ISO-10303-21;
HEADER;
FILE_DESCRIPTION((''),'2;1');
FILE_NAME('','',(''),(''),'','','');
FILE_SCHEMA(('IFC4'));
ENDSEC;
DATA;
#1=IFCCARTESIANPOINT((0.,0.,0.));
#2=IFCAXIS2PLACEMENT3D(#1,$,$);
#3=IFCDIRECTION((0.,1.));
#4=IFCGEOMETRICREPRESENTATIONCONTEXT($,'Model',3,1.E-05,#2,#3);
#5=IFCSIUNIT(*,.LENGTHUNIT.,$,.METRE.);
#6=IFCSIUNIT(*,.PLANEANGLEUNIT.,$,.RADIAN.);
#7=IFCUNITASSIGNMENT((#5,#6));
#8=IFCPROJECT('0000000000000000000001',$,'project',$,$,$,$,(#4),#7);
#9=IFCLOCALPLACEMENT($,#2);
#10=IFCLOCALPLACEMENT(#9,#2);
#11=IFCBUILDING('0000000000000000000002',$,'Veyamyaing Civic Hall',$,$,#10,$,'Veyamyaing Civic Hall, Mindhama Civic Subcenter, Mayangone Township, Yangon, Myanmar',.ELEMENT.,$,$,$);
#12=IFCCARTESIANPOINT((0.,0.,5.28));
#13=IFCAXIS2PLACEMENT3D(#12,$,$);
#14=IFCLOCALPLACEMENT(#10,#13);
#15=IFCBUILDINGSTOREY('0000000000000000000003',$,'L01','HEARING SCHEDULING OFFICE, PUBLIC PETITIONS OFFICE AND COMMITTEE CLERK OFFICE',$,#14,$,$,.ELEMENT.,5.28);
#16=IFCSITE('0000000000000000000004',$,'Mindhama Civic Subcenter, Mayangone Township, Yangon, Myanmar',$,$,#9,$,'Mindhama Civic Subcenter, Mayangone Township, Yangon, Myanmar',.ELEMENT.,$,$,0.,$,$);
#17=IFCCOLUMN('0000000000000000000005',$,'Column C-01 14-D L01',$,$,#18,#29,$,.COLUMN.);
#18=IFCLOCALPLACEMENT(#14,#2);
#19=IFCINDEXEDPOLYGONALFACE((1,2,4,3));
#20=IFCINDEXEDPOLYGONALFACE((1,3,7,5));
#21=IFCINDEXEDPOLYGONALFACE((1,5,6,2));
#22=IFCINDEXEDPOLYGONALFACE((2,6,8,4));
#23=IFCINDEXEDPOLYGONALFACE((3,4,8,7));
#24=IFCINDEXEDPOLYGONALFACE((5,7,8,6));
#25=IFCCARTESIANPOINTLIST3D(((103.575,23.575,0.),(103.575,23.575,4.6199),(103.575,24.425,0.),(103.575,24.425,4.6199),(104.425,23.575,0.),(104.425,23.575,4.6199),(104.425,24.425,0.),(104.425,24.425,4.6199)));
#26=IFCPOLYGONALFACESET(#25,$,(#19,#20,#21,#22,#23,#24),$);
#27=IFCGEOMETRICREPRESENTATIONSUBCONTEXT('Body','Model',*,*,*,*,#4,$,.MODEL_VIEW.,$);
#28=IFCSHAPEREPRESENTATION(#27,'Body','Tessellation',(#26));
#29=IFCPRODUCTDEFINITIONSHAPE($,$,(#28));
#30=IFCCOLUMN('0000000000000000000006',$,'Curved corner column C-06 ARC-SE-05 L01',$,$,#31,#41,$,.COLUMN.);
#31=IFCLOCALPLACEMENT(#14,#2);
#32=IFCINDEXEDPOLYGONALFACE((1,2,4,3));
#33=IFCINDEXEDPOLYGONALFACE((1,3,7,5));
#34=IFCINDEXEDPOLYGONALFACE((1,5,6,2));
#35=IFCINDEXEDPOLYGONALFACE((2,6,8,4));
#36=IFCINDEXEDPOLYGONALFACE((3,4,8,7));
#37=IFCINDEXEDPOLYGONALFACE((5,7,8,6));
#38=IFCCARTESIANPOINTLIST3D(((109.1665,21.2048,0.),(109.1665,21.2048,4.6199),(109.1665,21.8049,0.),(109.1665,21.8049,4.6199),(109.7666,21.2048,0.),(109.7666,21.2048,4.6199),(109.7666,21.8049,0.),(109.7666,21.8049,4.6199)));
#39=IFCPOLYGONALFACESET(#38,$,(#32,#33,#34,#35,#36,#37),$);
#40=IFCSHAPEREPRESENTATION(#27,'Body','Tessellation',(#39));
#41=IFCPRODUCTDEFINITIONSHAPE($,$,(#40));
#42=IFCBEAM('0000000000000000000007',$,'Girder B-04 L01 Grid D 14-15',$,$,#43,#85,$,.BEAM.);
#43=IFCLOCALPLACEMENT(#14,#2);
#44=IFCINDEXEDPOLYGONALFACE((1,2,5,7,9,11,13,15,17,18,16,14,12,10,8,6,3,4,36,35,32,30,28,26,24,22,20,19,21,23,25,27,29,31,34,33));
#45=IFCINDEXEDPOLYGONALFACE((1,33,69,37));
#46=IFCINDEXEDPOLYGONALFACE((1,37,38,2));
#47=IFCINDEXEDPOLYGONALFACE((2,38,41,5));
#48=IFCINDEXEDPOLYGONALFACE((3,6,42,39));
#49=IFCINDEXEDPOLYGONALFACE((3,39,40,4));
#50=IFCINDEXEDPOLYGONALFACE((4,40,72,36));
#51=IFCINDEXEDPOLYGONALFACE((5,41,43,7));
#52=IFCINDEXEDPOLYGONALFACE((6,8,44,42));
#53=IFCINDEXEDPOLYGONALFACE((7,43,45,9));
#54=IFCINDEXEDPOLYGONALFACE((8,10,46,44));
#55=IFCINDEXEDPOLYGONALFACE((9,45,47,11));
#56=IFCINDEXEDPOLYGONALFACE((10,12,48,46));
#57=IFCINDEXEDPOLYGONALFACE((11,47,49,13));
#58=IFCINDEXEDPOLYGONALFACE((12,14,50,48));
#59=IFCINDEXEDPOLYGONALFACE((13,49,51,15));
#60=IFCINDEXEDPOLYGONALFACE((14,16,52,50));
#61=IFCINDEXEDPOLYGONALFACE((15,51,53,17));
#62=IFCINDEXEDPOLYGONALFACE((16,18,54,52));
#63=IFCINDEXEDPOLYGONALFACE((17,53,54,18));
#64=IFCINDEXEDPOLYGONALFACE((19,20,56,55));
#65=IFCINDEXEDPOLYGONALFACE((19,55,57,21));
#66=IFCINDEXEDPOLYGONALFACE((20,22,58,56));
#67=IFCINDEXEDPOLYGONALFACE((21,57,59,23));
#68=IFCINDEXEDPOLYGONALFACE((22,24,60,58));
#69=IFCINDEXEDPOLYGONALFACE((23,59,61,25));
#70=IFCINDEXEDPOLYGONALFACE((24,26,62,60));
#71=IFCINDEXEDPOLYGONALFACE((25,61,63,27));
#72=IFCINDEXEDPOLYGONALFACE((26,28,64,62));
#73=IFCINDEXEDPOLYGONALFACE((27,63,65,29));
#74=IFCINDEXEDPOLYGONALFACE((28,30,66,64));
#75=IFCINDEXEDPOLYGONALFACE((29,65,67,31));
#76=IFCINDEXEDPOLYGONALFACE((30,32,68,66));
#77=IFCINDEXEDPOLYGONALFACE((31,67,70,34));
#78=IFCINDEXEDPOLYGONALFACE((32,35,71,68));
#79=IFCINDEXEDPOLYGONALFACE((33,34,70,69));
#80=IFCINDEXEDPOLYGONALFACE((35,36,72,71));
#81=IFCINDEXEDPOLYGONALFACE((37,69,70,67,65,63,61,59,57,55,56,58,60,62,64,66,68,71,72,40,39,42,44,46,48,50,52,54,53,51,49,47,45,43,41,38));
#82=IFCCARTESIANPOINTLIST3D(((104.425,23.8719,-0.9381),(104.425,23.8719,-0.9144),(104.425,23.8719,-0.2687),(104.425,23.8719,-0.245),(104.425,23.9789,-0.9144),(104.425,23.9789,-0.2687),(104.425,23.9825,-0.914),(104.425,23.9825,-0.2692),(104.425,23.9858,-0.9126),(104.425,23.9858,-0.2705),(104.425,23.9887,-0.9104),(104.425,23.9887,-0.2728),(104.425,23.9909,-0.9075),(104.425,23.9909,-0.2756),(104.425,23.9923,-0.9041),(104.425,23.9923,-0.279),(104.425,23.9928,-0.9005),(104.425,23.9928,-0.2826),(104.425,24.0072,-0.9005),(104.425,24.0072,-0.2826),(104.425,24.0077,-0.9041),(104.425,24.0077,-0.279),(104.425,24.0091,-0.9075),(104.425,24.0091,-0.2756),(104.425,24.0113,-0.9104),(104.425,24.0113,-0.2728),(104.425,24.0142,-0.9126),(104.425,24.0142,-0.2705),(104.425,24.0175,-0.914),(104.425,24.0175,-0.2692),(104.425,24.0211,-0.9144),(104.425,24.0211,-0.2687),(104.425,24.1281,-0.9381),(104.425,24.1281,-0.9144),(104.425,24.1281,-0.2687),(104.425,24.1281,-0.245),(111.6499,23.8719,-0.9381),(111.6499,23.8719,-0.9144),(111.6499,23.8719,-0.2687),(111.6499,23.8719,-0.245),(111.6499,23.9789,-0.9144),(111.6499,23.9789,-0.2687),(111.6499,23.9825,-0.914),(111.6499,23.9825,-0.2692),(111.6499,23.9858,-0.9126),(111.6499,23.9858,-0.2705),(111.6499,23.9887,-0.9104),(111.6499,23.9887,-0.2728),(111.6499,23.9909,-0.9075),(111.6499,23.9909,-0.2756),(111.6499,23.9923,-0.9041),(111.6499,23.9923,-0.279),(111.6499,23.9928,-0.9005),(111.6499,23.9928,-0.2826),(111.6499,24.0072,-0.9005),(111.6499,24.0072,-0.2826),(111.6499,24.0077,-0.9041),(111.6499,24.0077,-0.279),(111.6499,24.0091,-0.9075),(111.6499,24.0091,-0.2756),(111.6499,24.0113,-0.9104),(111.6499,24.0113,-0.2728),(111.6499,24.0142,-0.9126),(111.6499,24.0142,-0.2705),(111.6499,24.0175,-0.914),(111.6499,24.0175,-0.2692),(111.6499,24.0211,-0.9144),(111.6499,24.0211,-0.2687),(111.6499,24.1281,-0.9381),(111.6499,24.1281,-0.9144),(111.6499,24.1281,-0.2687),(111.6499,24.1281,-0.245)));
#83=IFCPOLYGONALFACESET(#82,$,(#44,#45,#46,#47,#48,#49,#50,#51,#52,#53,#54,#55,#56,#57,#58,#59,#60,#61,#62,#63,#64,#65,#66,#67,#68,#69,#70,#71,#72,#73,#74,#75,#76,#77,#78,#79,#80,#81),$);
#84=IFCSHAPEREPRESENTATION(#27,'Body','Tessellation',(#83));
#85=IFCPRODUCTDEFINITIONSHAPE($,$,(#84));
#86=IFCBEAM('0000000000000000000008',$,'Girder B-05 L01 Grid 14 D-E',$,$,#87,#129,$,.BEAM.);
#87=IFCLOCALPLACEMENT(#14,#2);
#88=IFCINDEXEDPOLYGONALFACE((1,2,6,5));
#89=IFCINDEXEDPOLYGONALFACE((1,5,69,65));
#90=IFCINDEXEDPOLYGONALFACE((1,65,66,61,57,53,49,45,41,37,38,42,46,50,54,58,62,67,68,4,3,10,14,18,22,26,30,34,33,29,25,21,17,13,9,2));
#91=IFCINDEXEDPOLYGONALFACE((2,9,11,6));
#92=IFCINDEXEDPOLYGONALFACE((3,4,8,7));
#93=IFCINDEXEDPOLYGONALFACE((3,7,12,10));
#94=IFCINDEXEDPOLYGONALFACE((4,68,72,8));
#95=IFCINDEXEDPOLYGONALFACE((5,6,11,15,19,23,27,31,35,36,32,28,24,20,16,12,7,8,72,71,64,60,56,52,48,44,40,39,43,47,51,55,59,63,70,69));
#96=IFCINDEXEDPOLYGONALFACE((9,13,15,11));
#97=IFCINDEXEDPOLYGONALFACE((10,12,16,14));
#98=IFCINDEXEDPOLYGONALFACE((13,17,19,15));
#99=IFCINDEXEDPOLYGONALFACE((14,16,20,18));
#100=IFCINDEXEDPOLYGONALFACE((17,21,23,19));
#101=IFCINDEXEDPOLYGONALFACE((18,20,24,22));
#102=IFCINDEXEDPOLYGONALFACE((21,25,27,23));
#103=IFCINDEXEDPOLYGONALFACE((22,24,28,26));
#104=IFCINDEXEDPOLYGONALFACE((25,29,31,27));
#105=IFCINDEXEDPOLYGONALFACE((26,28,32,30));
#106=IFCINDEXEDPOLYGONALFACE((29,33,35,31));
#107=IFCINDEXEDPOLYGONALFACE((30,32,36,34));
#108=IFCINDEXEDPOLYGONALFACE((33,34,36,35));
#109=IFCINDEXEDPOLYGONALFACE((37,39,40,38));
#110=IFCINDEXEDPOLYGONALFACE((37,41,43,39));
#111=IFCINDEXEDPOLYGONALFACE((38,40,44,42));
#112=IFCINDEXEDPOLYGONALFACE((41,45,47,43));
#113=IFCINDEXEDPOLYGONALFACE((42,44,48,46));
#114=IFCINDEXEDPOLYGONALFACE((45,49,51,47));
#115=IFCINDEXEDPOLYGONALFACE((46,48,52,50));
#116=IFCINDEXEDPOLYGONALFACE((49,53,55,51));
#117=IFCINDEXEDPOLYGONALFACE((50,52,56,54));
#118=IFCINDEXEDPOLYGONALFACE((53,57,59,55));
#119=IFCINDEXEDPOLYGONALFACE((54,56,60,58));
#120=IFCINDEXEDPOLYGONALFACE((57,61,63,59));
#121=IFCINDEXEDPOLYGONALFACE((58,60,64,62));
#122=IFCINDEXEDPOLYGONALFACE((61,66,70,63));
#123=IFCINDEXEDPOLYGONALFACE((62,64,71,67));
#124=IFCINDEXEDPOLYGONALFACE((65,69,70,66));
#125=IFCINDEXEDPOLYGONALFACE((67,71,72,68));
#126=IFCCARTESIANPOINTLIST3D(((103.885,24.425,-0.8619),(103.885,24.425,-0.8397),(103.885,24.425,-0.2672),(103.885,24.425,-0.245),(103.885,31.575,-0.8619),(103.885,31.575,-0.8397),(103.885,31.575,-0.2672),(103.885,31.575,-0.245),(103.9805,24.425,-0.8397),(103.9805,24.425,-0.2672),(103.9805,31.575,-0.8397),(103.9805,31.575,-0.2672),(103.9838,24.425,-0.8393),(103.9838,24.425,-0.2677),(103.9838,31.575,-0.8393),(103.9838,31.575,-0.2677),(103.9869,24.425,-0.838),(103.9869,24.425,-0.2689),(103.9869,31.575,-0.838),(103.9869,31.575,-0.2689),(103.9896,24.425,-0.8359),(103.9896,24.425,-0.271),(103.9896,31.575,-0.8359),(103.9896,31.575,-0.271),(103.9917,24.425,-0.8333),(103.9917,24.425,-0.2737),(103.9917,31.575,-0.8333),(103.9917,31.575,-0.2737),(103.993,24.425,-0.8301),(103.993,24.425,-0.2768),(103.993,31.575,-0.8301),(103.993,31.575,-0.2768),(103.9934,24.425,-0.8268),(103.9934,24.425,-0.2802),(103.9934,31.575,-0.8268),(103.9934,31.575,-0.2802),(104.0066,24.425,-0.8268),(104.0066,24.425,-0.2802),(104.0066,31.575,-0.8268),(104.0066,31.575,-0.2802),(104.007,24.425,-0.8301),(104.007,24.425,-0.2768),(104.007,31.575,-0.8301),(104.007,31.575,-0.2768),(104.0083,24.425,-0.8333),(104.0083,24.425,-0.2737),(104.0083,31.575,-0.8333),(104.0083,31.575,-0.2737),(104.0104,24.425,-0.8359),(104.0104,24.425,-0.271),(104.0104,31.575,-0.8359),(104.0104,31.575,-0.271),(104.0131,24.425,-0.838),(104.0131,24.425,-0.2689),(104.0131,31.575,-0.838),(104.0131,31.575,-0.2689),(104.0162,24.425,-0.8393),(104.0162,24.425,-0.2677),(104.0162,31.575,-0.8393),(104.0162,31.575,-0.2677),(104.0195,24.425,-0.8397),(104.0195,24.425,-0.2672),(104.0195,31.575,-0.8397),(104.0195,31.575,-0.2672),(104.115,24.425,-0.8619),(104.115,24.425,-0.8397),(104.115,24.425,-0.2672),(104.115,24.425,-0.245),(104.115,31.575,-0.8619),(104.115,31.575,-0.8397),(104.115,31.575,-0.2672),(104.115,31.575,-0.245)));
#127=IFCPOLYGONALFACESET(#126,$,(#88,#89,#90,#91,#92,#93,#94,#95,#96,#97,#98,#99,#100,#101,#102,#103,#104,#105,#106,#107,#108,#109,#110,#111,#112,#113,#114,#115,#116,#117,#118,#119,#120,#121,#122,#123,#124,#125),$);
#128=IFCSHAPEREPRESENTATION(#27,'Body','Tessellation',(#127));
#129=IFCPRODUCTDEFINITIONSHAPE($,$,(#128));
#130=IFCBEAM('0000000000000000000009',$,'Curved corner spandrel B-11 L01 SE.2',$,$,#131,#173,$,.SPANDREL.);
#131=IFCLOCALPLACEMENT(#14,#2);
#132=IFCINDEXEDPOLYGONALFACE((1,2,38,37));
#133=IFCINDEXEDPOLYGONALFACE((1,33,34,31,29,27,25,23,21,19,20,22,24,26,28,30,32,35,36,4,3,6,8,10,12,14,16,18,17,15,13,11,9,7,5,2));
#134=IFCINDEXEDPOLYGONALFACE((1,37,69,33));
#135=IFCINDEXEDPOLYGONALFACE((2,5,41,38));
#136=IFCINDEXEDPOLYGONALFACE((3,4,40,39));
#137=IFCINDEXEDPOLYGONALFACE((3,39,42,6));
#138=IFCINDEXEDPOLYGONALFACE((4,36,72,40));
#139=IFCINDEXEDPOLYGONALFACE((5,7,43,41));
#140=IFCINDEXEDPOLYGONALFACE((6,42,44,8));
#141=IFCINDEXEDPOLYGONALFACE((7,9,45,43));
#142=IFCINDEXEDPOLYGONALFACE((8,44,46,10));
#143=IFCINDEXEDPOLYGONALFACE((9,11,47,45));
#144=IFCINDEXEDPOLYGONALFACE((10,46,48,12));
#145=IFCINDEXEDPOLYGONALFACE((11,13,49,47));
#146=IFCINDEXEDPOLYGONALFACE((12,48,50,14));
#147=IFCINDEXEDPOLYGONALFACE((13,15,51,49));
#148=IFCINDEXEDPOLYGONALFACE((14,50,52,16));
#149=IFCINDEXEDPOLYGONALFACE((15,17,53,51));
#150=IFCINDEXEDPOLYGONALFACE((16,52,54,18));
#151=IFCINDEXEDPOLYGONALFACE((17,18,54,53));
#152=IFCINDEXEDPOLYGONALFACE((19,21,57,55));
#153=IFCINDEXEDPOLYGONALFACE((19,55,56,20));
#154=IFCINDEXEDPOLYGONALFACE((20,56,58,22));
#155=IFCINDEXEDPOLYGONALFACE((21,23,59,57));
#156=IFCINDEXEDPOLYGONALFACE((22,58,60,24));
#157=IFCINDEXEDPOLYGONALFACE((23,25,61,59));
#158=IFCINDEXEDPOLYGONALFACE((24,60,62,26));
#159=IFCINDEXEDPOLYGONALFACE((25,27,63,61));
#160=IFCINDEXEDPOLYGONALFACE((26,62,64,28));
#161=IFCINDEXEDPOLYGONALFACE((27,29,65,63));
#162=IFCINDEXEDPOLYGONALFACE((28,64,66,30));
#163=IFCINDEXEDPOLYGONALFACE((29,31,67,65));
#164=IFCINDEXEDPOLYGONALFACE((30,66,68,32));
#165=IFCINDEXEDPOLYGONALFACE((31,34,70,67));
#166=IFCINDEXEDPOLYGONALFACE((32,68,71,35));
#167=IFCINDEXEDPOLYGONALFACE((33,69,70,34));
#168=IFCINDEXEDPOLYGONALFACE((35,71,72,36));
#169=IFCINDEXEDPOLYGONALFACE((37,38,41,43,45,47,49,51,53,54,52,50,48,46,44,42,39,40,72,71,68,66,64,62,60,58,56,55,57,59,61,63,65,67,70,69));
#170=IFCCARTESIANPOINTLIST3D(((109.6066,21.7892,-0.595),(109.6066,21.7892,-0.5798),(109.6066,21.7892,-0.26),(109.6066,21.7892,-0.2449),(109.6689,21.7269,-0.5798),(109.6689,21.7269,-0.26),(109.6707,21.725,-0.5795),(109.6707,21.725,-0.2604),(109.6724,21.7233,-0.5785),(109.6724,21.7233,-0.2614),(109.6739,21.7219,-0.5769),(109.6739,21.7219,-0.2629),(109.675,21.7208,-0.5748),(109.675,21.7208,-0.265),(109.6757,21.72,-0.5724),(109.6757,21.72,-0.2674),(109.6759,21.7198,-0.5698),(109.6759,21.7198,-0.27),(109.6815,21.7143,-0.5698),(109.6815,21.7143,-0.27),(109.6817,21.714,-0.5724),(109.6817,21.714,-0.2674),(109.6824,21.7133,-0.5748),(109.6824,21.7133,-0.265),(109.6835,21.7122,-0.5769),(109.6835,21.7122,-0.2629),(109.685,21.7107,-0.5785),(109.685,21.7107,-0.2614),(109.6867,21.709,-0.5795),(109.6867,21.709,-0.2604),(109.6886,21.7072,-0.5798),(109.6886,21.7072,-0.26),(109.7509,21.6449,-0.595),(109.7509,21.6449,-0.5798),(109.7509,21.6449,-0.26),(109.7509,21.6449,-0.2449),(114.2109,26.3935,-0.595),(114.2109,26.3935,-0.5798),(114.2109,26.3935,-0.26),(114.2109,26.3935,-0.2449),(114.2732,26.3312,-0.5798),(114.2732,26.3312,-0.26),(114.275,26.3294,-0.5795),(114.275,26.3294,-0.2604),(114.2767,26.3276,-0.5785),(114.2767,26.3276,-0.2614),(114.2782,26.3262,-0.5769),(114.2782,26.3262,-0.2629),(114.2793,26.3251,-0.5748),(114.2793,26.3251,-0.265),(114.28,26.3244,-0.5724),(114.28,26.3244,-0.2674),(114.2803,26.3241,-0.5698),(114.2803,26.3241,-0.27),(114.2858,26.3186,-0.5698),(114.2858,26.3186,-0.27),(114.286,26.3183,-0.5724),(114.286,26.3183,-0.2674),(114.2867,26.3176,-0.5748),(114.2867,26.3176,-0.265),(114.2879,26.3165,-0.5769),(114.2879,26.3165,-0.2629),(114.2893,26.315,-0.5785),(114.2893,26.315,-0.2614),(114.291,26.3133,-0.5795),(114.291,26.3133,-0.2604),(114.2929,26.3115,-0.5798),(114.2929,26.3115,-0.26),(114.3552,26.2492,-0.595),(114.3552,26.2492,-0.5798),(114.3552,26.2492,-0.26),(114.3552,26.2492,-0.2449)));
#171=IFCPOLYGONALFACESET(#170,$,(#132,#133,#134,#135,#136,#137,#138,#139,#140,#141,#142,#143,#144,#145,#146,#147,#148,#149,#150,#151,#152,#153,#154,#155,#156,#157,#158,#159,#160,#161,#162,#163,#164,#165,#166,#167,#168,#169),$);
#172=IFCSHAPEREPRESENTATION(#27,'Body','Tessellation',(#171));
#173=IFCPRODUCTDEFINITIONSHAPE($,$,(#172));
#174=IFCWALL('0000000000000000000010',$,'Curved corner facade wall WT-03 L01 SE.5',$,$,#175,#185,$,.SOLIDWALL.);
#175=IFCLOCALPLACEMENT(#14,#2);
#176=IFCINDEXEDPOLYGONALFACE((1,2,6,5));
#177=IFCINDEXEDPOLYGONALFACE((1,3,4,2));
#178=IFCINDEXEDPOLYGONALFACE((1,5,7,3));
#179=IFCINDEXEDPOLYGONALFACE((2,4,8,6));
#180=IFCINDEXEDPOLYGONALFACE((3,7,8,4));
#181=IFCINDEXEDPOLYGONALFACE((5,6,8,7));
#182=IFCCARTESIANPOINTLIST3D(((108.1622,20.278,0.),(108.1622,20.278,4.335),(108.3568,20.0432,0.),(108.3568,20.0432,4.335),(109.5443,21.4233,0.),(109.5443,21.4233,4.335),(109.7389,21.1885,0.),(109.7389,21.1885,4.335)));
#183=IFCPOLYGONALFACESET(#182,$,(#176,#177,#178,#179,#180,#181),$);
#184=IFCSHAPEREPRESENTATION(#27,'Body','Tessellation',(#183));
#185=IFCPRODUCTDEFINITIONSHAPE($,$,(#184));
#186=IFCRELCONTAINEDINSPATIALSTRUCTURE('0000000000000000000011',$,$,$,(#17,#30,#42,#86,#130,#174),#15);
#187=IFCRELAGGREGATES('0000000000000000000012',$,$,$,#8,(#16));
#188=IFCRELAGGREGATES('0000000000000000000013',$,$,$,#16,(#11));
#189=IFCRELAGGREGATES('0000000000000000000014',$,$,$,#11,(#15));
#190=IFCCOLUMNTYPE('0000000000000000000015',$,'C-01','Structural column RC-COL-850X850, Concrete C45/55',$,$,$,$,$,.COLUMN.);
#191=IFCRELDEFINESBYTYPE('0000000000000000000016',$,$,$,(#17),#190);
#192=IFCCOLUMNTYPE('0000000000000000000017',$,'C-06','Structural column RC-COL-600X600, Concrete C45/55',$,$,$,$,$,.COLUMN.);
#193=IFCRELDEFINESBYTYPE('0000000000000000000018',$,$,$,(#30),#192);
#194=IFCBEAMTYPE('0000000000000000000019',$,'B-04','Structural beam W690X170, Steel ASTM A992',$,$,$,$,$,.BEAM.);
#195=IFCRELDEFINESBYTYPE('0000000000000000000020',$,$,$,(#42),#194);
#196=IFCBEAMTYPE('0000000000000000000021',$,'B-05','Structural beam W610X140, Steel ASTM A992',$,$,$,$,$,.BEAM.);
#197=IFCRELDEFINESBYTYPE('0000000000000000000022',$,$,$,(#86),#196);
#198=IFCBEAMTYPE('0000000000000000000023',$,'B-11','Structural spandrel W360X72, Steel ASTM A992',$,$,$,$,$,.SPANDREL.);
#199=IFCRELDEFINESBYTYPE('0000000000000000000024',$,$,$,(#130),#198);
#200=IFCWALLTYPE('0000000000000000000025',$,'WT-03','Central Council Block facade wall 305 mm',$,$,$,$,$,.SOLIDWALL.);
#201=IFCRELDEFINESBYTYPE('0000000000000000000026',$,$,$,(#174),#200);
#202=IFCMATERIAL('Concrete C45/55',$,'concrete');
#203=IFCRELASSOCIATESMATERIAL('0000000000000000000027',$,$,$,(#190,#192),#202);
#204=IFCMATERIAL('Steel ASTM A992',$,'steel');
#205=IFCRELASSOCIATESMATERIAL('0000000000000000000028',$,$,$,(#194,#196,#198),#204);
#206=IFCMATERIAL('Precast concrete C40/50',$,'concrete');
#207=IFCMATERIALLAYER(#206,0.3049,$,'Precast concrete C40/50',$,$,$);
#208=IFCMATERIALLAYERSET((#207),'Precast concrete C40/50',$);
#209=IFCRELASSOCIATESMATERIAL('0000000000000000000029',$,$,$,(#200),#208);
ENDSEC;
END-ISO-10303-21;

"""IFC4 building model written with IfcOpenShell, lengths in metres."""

from ifc_helpers import new_model, si_unit, direction, frame, frame_2d, origin, origin_2d, place, context, subcontext, project, spatial, rectangle, i_section, extrude, material, layer, layer_set, material_profile, profile_set, type_object, element, save


model = new_model("IFC4")

# Units and contexts
model_context = context("Model", 3, precision=1e-05, world=origin(), true_north=direction((0.0, 1.0)))
body_context = subcontext(model_context, "Body", "Model", "MODEL_VIEW")
ifc_project = project(units=[si_unit("LENGTHUNIT", "METRE"), si_unit("PLANEANGLEUNIT", "RADIAN")], contexts=[model_context])

# Site, building, storey
site_placement = place(None, origin())
site = spatial("IfcSite", under=ifc_project, at=site_placement, Name="Mindhama Civic Subcenter, Mayangone Township, Yangon, Myanmar", LongName="Mindhama Civic Subcenter, Mayangone Township, Yangon, Myanmar", CompositionType="ELEMENT", RefElevation=0.0)
building_placement = place(site_placement, origin())
building = spatial("IfcBuilding", under=site, at=building_placement, Name="Veyamyaing Civic Hall", LongName="Veyamyaing Civic Hall, Mindhama Civic Subcenter, Mayangone Township, Yangon, Myanmar", CompositionType="ELEMENT")
storey_placement = place(building_placement, frame((0.0, 0.0, 5.28)))
storey = spatial("IfcBuildingStorey", under=building, at=storey_placement, Name="L01", Description="HEARING SCHEDULING OFFICE, PUBLIC PETITIONS OFFICE AND COMMITTEE CLERK OFFICE", CompositionType="ELEMENT", Elevation=5.28)

# Columns
ifc_material_1 = material(Name="Concrete C45/55", Category="concrete")
ifc_material_profile_1 = material_profile(ifc_material_1, rectangle(XDim=0.8501, YDim=0.8501, at=origin_2d()), Name="RC-COL-850X850")
ifc_profile_set_1 = profile_set([ifc_material_profile_1], Name="Concrete C45/55")
column_type_1 = type_object("IfcColumnType", Name="C-01", Description="Structural column RC-COL-850X850, Concrete C45/55", PredefinedType="COLUMN", material=ifc_profile_set_1)
column_1_placement = place(storey_placement, frame((104.0, 24.0, 0.0), z_axis=(0.0, 0.0, 1.0), x_axis=(1.0, 0.0, 0.0)))
element("IfcColumn", 1, at=column_1_placement, inside=storey, type_object=column_type_1, Name="Column C-01 14-D L01", PredefinedType="COLUMN", context=body_context, shape_type="SweptSolid", body=[
    extrude(rectangle(XDim=0.8501, YDim=0.8501, at=origin_2d()), origin(), (0.0, 0.0, 1.0), 4.6199),
])
ifc_material_profile_2 = material_profile(ifc_material_1, rectangle(XDim=0.6001, YDim=0.6001, at=origin_2d()), Name="RC-COL-600X600")
ifc_profile_set_2 = profile_set([ifc_material_profile_2], Name="Concrete C45/55")
column_type_2 = type_object("IfcColumnType", Name="C-06", Description="Structural column RC-COL-600X600, Concrete C45/55", PredefinedType="COLUMN", material=ifc_profile_set_2)
column_2_placement = place(storey_placement, frame((109.4666, 21.5049, 0.0), z_axis=(0.0, 0.0, 1.0), x_axis=(1.0, 0.0, 0.0)))
element("IfcColumn", 2, at=column_2_placement, inside=storey, type_object=column_type_2, Name="Curved corner column C-06 ARC-SE-05 L01", PredefinedType="COLUMN", context=body_context, shape_type="SweptSolid", body=[
    extrude(rectangle(XDim=0.6001, YDim=0.6001, at=origin_2d()), origin(), (0.0, 0.0, 1.0), 4.6199),
])

# Beams
ifc_material_2 = material(Name="Steel ASTM A992", Category="steel")
ifc_material_profile_3 = material_profile(ifc_material_2, i_section(OverallWidth=0.2561, OverallDepth=0.6931, WebThickness=0.0144, FlangeThickness=0.0237, FilletRadius=0.0139, at=origin_2d()), Name="W690X170")
ifc_profile_set_3 = profile_set([ifc_material_profile_3], Name="Steel ASTM A992")
beam_type_1 = type_object("IfcBeamType", Name="B-04", Description="Structural beam W690X170, Steel ASTM A992", PredefinedType="BEAM", material=ifc_profile_set_3)
beam_1_placement = place(storey_placement, frame((104.425, 24.0, -0.5916), z_axis=(1.0, 0.0, 0.0), x_axis=(0.0, 1.0, 0.0)))
element("IfcBeam", 3, at=beam_1_placement, inside=storey, type_object=beam_type_1, Name="Girder B-04 L01 Grid D 14-15", PredefinedType="BEAM", context=body_context, shape_type="SweptSolid", body=[
    extrude(i_section(OverallWidth=0.2561, OverallDepth=0.6931, WebThickness=0.0144, FlangeThickness=0.0237, FilletRadius=0.0139, at=origin_2d()), origin(), (0.0, 0.0, 1.0), 7.2249),
])
ifc_material_profile_4 = material_profile(ifc_material_2, i_section(OverallWidth=0.23, OverallDepth=0.6169, WebThickness=0.0132, FlangeThickness=0.0222, FilletRadius=0.0129, at=origin_2d()), Name="W610X140")
ifc_profile_set_4 = profile_set([ifc_material_profile_4], Name="Steel ASTM A992")
beam_type_2 = type_object("IfcBeamType", Name="B-05", Description="Structural beam W610X140, Steel ASTM A992", PredefinedType="BEAM", material=ifc_profile_set_4)
beam_2_placement = place(storey_placement, frame((104.0, 24.425, -0.5535), z_axis=(0.0, 1.0, 0.0), x_axis=(-1.0, 0.0, 0.0)))
element("IfcBeam", 4, at=beam_2_placement, inside=storey, type_object=beam_type_2, Name="Girder B-05 L01 Grid 14 D-E", PredefinedType="BEAM", context=body_context, shape_type="SweptSolid", body=[
    extrude(i_section(OverallWidth=0.23, OverallDepth=0.6169, WebThickness=0.0132, FlangeThickness=0.0222, FilletRadius=0.0129, at=origin_2d()), origin(), (0.0, 0.0, 1.0), 7.1499),
])
ifc_material_profile_5 = material_profile(ifc_material_2, i_section(OverallWidth=0.2041, OverallDepth=0.3501, WebThickness=0.0078, FlangeThickness=0.0151, FilletRadius=0.01, at=origin_2d()), Name="W360X72")
ifc_profile_set_5 = profile_set([ifc_material_profile_5], Name="Steel ASTM A992")
beam_type_3 = type_object("IfcBeamType", Name="B-11", Description="Structural spandrel W360X72, Steel ASTM A992", PredefinedType="SPANDREL", material=ifc_profile_set_5)
beam_3_placement = place(storey_placement, frame((109.6787, 21.717, -0.4199), z_axis=(0.707107, 0.707107, 0.0), x_axis=(-0.707107, 0.707107, 0.0)))
element("IfcBeam", 5, at=beam_3_placement, inside=storey, type_object=beam_type_3, Name="Curved corner spandrel B-11 L01 SE.2", PredefinedType="SPANDREL", context=body_context, shape_type="SweptSolid", body=[
    extrude(i_section(OverallWidth=0.2041, OverallDepth=0.3501, WebThickness=0.0078, FlangeThickness=0.0151, FilletRadius=0.01, at=origin_2d()), origin(), (0.0, 0.0, 1.0), 6.5115),
])

# Wall
ifc_material_3 = material(Name="Precast concrete C40/50", Category="concrete")
ifc_layer_1 = layer(ifc_material_3, 0.3049, Name="Precast concrete C40/50")
ifc_layer_set_1 = layer_set([ifc_layer_1], Name="Precast concrete C40/50")
wall_type_1 = type_object("IfcWallType", Name="WT-03", Description="Central Council Block facade wall 305 mm", PredefinedType="SOLIDWALL", material=ifc_layer_set_1)
wall_1_placement = place(storey_placement, frame((108.2595, 20.1606, 0.0), z_axis=(0.0, 0.0, 1.0), x_axis=(0.769991, 0.638055, 0.0)))
element("IfcWall", 6, at=wall_1_placement, inside=storey, type_object=wall_type_1, Name="Curved corner facade wall WT-03 L01 SE.5", PredefinedType="SOLIDWALL", context=body_context, shape_type="SweptSolid", body=[
    extrude(rectangle(XDim=1.7949, YDim=0.3049, at=frame_2d((0.8975, 0.0))), origin(), (0.0, 0.0, 1.0), 4.335),
])

save(model, "model.ifc")
